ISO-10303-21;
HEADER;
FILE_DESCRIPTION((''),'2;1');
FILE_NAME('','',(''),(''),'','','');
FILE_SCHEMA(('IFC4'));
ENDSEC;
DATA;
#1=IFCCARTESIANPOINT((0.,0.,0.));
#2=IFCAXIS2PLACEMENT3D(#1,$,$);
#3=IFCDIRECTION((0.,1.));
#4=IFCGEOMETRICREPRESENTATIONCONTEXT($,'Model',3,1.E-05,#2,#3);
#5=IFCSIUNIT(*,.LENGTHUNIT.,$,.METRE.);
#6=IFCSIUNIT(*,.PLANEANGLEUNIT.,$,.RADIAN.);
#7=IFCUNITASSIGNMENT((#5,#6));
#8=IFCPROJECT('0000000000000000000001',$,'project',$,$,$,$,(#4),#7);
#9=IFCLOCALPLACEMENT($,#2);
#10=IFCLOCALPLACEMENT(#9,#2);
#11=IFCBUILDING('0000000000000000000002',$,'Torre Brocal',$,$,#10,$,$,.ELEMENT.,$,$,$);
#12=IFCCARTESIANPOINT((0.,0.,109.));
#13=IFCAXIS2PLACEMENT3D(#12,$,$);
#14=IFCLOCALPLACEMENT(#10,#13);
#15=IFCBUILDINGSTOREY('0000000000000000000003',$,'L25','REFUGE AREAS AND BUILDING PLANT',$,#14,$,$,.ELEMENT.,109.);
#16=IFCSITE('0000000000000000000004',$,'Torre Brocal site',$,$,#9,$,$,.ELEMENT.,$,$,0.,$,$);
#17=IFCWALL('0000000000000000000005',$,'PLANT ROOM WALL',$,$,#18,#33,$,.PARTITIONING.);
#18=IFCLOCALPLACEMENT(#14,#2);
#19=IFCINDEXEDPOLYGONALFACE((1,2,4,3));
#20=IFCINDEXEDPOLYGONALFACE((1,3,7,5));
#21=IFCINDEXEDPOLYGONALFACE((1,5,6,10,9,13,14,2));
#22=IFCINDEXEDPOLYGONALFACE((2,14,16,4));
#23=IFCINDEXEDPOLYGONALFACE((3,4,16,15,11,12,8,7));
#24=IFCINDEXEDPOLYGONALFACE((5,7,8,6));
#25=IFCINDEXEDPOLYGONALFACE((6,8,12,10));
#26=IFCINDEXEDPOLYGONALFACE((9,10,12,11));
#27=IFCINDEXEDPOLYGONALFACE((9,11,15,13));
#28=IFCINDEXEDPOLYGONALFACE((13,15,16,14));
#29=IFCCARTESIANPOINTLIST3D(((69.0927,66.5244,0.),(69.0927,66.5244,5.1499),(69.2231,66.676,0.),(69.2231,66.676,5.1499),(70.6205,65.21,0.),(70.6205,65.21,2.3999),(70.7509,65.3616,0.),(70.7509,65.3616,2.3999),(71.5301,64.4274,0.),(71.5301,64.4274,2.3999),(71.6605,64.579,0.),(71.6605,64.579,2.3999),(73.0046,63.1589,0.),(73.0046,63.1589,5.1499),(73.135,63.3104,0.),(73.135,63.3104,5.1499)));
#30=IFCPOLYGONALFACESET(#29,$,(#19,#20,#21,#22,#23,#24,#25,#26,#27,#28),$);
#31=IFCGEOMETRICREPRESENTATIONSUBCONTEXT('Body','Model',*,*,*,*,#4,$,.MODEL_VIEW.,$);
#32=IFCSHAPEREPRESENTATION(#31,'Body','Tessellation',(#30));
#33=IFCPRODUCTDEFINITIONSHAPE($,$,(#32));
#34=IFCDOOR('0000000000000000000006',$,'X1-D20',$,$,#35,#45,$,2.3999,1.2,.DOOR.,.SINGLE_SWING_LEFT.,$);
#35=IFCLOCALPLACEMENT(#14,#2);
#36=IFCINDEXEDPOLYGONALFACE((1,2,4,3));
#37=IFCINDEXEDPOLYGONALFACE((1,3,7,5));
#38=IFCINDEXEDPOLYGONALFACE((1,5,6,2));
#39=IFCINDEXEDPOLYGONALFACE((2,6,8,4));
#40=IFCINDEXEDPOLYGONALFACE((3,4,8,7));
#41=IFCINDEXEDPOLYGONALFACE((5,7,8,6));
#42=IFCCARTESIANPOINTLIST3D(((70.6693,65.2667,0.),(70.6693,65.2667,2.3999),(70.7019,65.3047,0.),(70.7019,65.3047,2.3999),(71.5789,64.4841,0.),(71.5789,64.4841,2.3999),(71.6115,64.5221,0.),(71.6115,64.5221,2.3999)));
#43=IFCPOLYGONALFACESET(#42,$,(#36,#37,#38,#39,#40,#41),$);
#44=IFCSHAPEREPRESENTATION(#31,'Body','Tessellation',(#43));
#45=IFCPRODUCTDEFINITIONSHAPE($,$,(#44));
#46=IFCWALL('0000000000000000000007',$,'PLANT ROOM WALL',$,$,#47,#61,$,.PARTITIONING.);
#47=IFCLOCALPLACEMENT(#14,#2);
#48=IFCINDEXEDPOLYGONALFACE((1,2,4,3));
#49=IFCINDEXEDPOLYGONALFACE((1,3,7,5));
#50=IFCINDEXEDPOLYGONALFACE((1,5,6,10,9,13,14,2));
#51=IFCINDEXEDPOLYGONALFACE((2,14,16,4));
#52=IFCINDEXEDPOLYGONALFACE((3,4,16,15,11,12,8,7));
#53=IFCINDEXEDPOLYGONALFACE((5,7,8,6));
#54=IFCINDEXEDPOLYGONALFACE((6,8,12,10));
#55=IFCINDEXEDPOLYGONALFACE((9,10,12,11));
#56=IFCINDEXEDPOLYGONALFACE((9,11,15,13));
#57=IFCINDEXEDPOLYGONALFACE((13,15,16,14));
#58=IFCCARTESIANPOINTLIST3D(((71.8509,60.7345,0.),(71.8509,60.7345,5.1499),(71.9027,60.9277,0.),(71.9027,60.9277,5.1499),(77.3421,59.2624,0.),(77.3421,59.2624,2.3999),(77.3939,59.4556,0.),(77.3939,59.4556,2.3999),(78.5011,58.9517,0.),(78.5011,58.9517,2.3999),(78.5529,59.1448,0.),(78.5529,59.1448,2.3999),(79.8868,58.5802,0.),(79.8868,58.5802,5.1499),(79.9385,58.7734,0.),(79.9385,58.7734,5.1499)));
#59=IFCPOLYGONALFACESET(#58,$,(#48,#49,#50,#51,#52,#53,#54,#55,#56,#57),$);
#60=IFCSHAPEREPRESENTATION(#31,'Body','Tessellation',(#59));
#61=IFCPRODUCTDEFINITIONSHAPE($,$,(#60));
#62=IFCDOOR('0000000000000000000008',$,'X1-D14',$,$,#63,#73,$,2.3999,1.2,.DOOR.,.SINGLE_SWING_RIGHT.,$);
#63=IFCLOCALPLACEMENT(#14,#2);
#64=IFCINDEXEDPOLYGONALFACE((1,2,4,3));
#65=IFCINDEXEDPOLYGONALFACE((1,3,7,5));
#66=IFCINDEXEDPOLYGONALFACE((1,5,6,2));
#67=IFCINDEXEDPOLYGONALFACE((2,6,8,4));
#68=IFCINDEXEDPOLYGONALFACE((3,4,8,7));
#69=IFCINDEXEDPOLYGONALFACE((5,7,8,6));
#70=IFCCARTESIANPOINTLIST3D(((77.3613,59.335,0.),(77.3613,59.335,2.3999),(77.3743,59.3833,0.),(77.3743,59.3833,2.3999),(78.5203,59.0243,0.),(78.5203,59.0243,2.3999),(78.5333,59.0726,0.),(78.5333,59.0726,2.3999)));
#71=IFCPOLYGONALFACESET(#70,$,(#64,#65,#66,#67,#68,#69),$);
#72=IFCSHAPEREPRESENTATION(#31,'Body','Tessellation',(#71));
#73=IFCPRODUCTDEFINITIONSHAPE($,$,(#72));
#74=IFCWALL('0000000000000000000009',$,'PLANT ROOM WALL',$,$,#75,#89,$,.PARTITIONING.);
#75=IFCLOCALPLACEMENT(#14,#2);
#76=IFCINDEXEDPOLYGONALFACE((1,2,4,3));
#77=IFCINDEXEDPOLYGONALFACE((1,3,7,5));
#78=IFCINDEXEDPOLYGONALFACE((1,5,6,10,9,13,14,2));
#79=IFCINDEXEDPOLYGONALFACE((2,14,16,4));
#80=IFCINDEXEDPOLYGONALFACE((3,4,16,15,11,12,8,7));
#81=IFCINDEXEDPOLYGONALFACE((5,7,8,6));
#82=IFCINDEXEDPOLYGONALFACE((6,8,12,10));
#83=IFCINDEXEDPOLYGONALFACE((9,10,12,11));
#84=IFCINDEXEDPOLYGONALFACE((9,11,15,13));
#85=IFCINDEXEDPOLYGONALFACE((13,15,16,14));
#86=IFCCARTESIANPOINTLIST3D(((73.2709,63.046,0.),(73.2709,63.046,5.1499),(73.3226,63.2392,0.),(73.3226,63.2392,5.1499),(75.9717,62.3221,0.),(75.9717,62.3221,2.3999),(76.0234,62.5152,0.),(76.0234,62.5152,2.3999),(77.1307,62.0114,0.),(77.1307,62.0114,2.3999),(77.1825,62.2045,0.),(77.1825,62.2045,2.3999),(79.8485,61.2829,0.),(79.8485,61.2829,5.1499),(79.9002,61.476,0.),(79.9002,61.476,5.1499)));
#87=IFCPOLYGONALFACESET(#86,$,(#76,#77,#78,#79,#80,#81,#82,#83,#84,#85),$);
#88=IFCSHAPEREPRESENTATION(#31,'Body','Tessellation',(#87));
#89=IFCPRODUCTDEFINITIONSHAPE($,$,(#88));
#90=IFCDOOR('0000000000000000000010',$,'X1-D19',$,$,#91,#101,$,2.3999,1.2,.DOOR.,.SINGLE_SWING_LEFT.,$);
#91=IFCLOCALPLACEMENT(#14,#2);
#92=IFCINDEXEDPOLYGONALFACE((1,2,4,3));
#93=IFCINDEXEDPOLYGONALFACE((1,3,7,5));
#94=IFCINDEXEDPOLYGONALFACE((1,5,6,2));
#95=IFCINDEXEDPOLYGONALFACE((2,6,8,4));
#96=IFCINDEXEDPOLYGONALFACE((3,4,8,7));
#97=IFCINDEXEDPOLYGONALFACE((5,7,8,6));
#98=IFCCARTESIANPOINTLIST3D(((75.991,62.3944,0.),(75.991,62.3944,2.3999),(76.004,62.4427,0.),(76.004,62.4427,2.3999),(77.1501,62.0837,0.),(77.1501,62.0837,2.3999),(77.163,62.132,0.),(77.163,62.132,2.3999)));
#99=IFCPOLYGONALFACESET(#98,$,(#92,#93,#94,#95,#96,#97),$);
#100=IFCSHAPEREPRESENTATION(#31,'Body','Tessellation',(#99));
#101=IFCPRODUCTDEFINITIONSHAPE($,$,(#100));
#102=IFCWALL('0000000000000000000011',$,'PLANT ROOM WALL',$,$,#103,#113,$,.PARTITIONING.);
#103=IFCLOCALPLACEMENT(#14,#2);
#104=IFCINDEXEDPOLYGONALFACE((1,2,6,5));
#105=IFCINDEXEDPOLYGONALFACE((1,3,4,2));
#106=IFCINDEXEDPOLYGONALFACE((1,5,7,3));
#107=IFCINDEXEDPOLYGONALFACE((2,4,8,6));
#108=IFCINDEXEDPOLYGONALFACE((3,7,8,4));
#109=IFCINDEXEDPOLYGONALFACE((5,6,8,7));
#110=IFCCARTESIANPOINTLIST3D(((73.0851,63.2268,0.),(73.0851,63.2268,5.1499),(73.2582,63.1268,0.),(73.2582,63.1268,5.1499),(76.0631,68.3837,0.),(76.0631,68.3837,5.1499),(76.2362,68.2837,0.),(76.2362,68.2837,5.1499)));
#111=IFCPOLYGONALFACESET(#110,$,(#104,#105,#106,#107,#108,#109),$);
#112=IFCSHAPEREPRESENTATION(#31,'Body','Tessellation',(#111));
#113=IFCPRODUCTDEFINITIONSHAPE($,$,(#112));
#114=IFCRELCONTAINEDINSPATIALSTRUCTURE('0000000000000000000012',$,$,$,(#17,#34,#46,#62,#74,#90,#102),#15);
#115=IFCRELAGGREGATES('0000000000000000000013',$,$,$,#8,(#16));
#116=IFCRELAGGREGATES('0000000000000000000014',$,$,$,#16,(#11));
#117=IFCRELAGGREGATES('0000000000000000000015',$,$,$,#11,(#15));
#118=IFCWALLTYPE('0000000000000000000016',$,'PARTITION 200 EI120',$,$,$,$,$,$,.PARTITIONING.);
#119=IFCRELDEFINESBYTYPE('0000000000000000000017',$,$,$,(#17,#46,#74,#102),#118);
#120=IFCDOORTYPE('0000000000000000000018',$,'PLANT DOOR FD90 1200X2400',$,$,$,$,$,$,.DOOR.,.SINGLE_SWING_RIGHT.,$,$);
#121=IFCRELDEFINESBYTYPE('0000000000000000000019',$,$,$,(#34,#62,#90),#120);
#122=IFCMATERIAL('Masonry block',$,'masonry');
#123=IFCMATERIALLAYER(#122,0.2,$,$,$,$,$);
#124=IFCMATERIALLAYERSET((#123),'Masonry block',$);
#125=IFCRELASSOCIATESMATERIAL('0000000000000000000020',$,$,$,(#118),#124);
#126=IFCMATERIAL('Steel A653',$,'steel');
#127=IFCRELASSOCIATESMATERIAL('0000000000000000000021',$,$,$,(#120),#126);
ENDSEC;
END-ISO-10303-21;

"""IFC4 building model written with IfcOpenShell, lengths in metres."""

from ifc_helpers import new_model, si_unit, direction, frame, frame_2d, origin, place, context, subcontext, project, spatial, rectangle, extrude, material, layer, layer_set, type_object, element, fill, save


model = new_model("IFC4")

# Units and contexts
model_context = context("Model", 3, precision=1e-05, world=origin(), true_north=direction((0.0, 1.0)))
body_context = subcontext(model_context, "Body", "Model", "MODEL_VIEW")
ifc_project = project(units=[si_unit("LENGTHUNIT", "METRE"), si_unit("PLANEANGLEUNIT", "RADIAN")], contexts=[model_context])

# Site, building, storey
site_placement = place(None, origin())
site = spatial("IfcSite", under=ifc_project, at=site_placement, Name="Torre Brocal site", CompositionType="ELEMENT", RefElevation=0.0)
building_placement = place(site_placement, origin())
building = spatial("IfcBuilding", under=site, at=building_placement, Name="Torre Brocal", CompositionType="ELEMENT")
storey_placement = place(building_placement, frame((0.0, 0.0, 109.0)))
storey = spatial("IfcBuildingStorey", under=building, at=storey_placement, Name="L25", Description="REFUGE AREAS AND BUILDING PLANT", CompositionType="ELEMENT", Elevation=109.0)

# Walls, openings, doors
ifc_material_1 = material(Name="Masonry block", Category="masonry")
ifc_layer = layer(ifc_material_1, 0.2)
ifc_layer_set = layer_set([ifc_layer], Name="Masonry block")
wall_type = type_object("IfcWallType", Name="PARTITION 200 EI120", PredefinedType="PARTITIONING", material=ifc_layer_set)
wall_1_placement = place(storey_placement, frame((69.158, 66.6001, 0.0), z_axis=(0.0, 0.0, 1.0), x_axis=(0.758063, -0.652181, 0.0)))
wall_1 = element("IfcWall", 1, at=wall_1_placement, inside=storey, type_object=wall_type, Name="PLANT ROOM WALL", PredefinedType="PARTITIONING", context=body_context, shape_type="SweptSolid", body=[
    extrude(rectangle(XDim=5.1604, YDim=0.2, at=frame_2d((2.5801, 0.0))), origin(), (0.0, 0.0, 1.0), 5.1499),
])
opening_1_placement = place(wall_1_placement, frame((2.0151, 0.0, 0.0)))
opening_1 = element("IfcOpeningElement", 2, at=opening_1_placement, cuts=wall_1, PredefinedType="OPENING", context=body_context, shape_type="SweptSolid", body=[
    extrude(rectangle(XDim=1.2, YDim=2.3999, at=frame_2d((0.6001, 1.2))), frame((0.0, 0.1099, 0.0), z_axis=(0.0, -1.0, 0.0), x_axis=(1.0, 0.0, 0.0)), (0.0, 0.0, 1.0), 0.22),
])
ifc_material_2 = material(Name="Steel A653", Category="steel")
door_type = type_object("IfcDoorType", Name="PLANT DOOR FD90 1200X2400", OperationType="SINGLE_SWING_RIGHT", PredefinedType="DOOR", material=ifc_material_2)
door_1_placement = place(opening_1_placement, origin())
door_1 = element("IfcDoor", 3, at=door_1_placement, inside=storey, type_object=door_type, Name="X1-D20", OperationType="SINGLE_SWING_LEFT", OverallHeight=2.3999, OverallWidth=1.2, PredefinedType="DOOR", context=body_context, shape_type="SweptSolid", body=[
    extrude(rectangle(XDim=1.2, YDim=2.3999, at=frame_2d((0.6001, 1.2))), frame((0.0, 0.0249, 0.0), z_axis=(0.0, -1.0, 0.0), x_axis=(1.0, 0.0, 0.0)), (0.0, 0.0, 1.0), 0.05),
])
fill(opening_1, door_1)
wall_2_placement = place(storey_placement, frame((71.877, 60.8311, 0.0), z_axis=(0.0, 0.0, 1.0), x_axis=(0.965893, -0.258941, 0.0)))
wall_2 = element("IfcWall", 4, at=wall_2_placement, inside=storey, type_object=wall_type, Name="PLANT ROOM WALL", PredefinedType="PARTITIONING", context=body_context, shape_type="SweptSolid", body=[
    extrude(rectangle(XDim=8.3196, YDim=0.2, at=frame_2d((4.1597, 0.0))), origin(), (0.0, 0.0, 1.0), 5.1499),
])
opening_2_placement = place(wall_2_placement, frame((5.6848, 0.0, 0.0)))
opening_2 = element("IfcOpeningElement", 5, at=opening_2_placement, cuts=wall_2, PredefinedType="OPENING", context=body_context, shape_type="SweptSolid", body=[
    extrude(rectangle(XDim=1.2, YDim=2.3999, at=frame_2d((0.6001, 1.2))), frame((0.0, 0.1099, 0.0), z_axis=(0.0, -1.0, 0.0), x_axis=(1.0, 0.0, 0.0)), (0.0, 0.0, 1.0), 0.22),
])
door_2_placement = place(opening_2_placement, frame((1.2, 0.0, 0.0), z_axis=(0.0, 0.0, 1.0), x_axis=(-1.0, 0.0, 0.0)))
door_2 = element("IfcDoor", 6, at=door_2_placement, inside=storey, type_object=door_type, Name="X1-D14", OperationType="SINGLE_SWING_RIGHT", OverallHeight=2.3999, OverallWidth=1.2, PredefinedType="DOOR", context=body_context, shape_type="SweptSolid", body=[
    extrude(rectangle(XDim=1.2, YDim=2.3999, at=frame_2d((0.6001, 1.2))), frame((0.0, 0.0249, 0.0), z_axis=(0.0, -1.0, 0.0), x_axis=(1.0, 0.0, 0.0)), (0.0, 0.0, 1.0), 0.05),
])
fill(opening_2, door_2)
wall_3_placement = place(storey_placement, frame((73.2969, 63.1426, 0.0), z_axis=(0.0, 0.0, 1.0), x_axis=(0.9659, -0.258916, 0.0)))
wall_3 = element("IfcWall", 7, at=wall_3_placement, inside=storey, type_object=wall_type, Name="PLANT ROOM WALL", PredefinedType="PARTITIONING", context=body_context, shape_type="SweptSolid", body=[
    extrude(rectangle(XDim=6.8098, YDim=0.2, at=frame_2d((3.4048, 0.0))), origin(), (0.0, 0.0, 1.0), 5.1499),
])
opening_3_placement = place(wall_3_placement, frame((2.7959, 0.0, 0.0)))
opening_3 = element("IfcOpeningElement", 8, at=opening_3_placement, cuts=wall_3, PredefinedType="OPENING", context=body_context, shape_type="SweptSolid", body=[
    extrude(rectangle(XDim=1.2, YDim=2.3999, at=frame_2d((0.6001, 1.2))), frame((0.0, 0.1099, 0.0), z_axis=(0.0, -1.0, 0.0), x_axis=(1.0, 0.0, 0.0)), (0.0, 0.0, 1.0), 0.22),
])
door_3_placement = place(opening_3_placement, origin())
door_3 = element("IfcDoor", 9, at=door_3_placement, inside=storey, type_object=door_type, Name="X1-D19", OperationType="SINGLE_SWING_LEFT", OverallHeight=2.3999, OverallWidth=1.2, PredefinedType="DOOR", context=body_context, shape_type="SweptSolid", body=[
    extrude(rectangle(XDim=1.2, YDim=2.3999, at=frame_2d((0.6001, 1.2))), frame((0.0, 0.0249, 0.0), z_axis=(0.0, -1.0, 0.0), x_axis=(1.0, 0.0, 0.0)), (0.0, 0.0, 1.0), 0.05),
])
fill(opening_3, door_3)

# Wall
wall_4_placement = place(storey_placement, frame((73.1716, 63.1768, 0.0), z_axis=(0.0, 0.0, 1.0), x_axis=(0.500081, 0.865979, 0.0)))
element("IfcWall", 10, at=wall_4_placement, inside=storey, type_object=wall_type, Name="PLANT ROOM WALL", PredefinedType="PARTITIONING", context=body_context, shape_type="SweptSolid", body=[
    extrude(rectangle(XDim=5.9551, YDim=0.2, at=frame_2d((2.9775, 0.0))), origin(), (0.0, 0.0, 1.0), 5.1499),
])

save(model, "model.ifc")
